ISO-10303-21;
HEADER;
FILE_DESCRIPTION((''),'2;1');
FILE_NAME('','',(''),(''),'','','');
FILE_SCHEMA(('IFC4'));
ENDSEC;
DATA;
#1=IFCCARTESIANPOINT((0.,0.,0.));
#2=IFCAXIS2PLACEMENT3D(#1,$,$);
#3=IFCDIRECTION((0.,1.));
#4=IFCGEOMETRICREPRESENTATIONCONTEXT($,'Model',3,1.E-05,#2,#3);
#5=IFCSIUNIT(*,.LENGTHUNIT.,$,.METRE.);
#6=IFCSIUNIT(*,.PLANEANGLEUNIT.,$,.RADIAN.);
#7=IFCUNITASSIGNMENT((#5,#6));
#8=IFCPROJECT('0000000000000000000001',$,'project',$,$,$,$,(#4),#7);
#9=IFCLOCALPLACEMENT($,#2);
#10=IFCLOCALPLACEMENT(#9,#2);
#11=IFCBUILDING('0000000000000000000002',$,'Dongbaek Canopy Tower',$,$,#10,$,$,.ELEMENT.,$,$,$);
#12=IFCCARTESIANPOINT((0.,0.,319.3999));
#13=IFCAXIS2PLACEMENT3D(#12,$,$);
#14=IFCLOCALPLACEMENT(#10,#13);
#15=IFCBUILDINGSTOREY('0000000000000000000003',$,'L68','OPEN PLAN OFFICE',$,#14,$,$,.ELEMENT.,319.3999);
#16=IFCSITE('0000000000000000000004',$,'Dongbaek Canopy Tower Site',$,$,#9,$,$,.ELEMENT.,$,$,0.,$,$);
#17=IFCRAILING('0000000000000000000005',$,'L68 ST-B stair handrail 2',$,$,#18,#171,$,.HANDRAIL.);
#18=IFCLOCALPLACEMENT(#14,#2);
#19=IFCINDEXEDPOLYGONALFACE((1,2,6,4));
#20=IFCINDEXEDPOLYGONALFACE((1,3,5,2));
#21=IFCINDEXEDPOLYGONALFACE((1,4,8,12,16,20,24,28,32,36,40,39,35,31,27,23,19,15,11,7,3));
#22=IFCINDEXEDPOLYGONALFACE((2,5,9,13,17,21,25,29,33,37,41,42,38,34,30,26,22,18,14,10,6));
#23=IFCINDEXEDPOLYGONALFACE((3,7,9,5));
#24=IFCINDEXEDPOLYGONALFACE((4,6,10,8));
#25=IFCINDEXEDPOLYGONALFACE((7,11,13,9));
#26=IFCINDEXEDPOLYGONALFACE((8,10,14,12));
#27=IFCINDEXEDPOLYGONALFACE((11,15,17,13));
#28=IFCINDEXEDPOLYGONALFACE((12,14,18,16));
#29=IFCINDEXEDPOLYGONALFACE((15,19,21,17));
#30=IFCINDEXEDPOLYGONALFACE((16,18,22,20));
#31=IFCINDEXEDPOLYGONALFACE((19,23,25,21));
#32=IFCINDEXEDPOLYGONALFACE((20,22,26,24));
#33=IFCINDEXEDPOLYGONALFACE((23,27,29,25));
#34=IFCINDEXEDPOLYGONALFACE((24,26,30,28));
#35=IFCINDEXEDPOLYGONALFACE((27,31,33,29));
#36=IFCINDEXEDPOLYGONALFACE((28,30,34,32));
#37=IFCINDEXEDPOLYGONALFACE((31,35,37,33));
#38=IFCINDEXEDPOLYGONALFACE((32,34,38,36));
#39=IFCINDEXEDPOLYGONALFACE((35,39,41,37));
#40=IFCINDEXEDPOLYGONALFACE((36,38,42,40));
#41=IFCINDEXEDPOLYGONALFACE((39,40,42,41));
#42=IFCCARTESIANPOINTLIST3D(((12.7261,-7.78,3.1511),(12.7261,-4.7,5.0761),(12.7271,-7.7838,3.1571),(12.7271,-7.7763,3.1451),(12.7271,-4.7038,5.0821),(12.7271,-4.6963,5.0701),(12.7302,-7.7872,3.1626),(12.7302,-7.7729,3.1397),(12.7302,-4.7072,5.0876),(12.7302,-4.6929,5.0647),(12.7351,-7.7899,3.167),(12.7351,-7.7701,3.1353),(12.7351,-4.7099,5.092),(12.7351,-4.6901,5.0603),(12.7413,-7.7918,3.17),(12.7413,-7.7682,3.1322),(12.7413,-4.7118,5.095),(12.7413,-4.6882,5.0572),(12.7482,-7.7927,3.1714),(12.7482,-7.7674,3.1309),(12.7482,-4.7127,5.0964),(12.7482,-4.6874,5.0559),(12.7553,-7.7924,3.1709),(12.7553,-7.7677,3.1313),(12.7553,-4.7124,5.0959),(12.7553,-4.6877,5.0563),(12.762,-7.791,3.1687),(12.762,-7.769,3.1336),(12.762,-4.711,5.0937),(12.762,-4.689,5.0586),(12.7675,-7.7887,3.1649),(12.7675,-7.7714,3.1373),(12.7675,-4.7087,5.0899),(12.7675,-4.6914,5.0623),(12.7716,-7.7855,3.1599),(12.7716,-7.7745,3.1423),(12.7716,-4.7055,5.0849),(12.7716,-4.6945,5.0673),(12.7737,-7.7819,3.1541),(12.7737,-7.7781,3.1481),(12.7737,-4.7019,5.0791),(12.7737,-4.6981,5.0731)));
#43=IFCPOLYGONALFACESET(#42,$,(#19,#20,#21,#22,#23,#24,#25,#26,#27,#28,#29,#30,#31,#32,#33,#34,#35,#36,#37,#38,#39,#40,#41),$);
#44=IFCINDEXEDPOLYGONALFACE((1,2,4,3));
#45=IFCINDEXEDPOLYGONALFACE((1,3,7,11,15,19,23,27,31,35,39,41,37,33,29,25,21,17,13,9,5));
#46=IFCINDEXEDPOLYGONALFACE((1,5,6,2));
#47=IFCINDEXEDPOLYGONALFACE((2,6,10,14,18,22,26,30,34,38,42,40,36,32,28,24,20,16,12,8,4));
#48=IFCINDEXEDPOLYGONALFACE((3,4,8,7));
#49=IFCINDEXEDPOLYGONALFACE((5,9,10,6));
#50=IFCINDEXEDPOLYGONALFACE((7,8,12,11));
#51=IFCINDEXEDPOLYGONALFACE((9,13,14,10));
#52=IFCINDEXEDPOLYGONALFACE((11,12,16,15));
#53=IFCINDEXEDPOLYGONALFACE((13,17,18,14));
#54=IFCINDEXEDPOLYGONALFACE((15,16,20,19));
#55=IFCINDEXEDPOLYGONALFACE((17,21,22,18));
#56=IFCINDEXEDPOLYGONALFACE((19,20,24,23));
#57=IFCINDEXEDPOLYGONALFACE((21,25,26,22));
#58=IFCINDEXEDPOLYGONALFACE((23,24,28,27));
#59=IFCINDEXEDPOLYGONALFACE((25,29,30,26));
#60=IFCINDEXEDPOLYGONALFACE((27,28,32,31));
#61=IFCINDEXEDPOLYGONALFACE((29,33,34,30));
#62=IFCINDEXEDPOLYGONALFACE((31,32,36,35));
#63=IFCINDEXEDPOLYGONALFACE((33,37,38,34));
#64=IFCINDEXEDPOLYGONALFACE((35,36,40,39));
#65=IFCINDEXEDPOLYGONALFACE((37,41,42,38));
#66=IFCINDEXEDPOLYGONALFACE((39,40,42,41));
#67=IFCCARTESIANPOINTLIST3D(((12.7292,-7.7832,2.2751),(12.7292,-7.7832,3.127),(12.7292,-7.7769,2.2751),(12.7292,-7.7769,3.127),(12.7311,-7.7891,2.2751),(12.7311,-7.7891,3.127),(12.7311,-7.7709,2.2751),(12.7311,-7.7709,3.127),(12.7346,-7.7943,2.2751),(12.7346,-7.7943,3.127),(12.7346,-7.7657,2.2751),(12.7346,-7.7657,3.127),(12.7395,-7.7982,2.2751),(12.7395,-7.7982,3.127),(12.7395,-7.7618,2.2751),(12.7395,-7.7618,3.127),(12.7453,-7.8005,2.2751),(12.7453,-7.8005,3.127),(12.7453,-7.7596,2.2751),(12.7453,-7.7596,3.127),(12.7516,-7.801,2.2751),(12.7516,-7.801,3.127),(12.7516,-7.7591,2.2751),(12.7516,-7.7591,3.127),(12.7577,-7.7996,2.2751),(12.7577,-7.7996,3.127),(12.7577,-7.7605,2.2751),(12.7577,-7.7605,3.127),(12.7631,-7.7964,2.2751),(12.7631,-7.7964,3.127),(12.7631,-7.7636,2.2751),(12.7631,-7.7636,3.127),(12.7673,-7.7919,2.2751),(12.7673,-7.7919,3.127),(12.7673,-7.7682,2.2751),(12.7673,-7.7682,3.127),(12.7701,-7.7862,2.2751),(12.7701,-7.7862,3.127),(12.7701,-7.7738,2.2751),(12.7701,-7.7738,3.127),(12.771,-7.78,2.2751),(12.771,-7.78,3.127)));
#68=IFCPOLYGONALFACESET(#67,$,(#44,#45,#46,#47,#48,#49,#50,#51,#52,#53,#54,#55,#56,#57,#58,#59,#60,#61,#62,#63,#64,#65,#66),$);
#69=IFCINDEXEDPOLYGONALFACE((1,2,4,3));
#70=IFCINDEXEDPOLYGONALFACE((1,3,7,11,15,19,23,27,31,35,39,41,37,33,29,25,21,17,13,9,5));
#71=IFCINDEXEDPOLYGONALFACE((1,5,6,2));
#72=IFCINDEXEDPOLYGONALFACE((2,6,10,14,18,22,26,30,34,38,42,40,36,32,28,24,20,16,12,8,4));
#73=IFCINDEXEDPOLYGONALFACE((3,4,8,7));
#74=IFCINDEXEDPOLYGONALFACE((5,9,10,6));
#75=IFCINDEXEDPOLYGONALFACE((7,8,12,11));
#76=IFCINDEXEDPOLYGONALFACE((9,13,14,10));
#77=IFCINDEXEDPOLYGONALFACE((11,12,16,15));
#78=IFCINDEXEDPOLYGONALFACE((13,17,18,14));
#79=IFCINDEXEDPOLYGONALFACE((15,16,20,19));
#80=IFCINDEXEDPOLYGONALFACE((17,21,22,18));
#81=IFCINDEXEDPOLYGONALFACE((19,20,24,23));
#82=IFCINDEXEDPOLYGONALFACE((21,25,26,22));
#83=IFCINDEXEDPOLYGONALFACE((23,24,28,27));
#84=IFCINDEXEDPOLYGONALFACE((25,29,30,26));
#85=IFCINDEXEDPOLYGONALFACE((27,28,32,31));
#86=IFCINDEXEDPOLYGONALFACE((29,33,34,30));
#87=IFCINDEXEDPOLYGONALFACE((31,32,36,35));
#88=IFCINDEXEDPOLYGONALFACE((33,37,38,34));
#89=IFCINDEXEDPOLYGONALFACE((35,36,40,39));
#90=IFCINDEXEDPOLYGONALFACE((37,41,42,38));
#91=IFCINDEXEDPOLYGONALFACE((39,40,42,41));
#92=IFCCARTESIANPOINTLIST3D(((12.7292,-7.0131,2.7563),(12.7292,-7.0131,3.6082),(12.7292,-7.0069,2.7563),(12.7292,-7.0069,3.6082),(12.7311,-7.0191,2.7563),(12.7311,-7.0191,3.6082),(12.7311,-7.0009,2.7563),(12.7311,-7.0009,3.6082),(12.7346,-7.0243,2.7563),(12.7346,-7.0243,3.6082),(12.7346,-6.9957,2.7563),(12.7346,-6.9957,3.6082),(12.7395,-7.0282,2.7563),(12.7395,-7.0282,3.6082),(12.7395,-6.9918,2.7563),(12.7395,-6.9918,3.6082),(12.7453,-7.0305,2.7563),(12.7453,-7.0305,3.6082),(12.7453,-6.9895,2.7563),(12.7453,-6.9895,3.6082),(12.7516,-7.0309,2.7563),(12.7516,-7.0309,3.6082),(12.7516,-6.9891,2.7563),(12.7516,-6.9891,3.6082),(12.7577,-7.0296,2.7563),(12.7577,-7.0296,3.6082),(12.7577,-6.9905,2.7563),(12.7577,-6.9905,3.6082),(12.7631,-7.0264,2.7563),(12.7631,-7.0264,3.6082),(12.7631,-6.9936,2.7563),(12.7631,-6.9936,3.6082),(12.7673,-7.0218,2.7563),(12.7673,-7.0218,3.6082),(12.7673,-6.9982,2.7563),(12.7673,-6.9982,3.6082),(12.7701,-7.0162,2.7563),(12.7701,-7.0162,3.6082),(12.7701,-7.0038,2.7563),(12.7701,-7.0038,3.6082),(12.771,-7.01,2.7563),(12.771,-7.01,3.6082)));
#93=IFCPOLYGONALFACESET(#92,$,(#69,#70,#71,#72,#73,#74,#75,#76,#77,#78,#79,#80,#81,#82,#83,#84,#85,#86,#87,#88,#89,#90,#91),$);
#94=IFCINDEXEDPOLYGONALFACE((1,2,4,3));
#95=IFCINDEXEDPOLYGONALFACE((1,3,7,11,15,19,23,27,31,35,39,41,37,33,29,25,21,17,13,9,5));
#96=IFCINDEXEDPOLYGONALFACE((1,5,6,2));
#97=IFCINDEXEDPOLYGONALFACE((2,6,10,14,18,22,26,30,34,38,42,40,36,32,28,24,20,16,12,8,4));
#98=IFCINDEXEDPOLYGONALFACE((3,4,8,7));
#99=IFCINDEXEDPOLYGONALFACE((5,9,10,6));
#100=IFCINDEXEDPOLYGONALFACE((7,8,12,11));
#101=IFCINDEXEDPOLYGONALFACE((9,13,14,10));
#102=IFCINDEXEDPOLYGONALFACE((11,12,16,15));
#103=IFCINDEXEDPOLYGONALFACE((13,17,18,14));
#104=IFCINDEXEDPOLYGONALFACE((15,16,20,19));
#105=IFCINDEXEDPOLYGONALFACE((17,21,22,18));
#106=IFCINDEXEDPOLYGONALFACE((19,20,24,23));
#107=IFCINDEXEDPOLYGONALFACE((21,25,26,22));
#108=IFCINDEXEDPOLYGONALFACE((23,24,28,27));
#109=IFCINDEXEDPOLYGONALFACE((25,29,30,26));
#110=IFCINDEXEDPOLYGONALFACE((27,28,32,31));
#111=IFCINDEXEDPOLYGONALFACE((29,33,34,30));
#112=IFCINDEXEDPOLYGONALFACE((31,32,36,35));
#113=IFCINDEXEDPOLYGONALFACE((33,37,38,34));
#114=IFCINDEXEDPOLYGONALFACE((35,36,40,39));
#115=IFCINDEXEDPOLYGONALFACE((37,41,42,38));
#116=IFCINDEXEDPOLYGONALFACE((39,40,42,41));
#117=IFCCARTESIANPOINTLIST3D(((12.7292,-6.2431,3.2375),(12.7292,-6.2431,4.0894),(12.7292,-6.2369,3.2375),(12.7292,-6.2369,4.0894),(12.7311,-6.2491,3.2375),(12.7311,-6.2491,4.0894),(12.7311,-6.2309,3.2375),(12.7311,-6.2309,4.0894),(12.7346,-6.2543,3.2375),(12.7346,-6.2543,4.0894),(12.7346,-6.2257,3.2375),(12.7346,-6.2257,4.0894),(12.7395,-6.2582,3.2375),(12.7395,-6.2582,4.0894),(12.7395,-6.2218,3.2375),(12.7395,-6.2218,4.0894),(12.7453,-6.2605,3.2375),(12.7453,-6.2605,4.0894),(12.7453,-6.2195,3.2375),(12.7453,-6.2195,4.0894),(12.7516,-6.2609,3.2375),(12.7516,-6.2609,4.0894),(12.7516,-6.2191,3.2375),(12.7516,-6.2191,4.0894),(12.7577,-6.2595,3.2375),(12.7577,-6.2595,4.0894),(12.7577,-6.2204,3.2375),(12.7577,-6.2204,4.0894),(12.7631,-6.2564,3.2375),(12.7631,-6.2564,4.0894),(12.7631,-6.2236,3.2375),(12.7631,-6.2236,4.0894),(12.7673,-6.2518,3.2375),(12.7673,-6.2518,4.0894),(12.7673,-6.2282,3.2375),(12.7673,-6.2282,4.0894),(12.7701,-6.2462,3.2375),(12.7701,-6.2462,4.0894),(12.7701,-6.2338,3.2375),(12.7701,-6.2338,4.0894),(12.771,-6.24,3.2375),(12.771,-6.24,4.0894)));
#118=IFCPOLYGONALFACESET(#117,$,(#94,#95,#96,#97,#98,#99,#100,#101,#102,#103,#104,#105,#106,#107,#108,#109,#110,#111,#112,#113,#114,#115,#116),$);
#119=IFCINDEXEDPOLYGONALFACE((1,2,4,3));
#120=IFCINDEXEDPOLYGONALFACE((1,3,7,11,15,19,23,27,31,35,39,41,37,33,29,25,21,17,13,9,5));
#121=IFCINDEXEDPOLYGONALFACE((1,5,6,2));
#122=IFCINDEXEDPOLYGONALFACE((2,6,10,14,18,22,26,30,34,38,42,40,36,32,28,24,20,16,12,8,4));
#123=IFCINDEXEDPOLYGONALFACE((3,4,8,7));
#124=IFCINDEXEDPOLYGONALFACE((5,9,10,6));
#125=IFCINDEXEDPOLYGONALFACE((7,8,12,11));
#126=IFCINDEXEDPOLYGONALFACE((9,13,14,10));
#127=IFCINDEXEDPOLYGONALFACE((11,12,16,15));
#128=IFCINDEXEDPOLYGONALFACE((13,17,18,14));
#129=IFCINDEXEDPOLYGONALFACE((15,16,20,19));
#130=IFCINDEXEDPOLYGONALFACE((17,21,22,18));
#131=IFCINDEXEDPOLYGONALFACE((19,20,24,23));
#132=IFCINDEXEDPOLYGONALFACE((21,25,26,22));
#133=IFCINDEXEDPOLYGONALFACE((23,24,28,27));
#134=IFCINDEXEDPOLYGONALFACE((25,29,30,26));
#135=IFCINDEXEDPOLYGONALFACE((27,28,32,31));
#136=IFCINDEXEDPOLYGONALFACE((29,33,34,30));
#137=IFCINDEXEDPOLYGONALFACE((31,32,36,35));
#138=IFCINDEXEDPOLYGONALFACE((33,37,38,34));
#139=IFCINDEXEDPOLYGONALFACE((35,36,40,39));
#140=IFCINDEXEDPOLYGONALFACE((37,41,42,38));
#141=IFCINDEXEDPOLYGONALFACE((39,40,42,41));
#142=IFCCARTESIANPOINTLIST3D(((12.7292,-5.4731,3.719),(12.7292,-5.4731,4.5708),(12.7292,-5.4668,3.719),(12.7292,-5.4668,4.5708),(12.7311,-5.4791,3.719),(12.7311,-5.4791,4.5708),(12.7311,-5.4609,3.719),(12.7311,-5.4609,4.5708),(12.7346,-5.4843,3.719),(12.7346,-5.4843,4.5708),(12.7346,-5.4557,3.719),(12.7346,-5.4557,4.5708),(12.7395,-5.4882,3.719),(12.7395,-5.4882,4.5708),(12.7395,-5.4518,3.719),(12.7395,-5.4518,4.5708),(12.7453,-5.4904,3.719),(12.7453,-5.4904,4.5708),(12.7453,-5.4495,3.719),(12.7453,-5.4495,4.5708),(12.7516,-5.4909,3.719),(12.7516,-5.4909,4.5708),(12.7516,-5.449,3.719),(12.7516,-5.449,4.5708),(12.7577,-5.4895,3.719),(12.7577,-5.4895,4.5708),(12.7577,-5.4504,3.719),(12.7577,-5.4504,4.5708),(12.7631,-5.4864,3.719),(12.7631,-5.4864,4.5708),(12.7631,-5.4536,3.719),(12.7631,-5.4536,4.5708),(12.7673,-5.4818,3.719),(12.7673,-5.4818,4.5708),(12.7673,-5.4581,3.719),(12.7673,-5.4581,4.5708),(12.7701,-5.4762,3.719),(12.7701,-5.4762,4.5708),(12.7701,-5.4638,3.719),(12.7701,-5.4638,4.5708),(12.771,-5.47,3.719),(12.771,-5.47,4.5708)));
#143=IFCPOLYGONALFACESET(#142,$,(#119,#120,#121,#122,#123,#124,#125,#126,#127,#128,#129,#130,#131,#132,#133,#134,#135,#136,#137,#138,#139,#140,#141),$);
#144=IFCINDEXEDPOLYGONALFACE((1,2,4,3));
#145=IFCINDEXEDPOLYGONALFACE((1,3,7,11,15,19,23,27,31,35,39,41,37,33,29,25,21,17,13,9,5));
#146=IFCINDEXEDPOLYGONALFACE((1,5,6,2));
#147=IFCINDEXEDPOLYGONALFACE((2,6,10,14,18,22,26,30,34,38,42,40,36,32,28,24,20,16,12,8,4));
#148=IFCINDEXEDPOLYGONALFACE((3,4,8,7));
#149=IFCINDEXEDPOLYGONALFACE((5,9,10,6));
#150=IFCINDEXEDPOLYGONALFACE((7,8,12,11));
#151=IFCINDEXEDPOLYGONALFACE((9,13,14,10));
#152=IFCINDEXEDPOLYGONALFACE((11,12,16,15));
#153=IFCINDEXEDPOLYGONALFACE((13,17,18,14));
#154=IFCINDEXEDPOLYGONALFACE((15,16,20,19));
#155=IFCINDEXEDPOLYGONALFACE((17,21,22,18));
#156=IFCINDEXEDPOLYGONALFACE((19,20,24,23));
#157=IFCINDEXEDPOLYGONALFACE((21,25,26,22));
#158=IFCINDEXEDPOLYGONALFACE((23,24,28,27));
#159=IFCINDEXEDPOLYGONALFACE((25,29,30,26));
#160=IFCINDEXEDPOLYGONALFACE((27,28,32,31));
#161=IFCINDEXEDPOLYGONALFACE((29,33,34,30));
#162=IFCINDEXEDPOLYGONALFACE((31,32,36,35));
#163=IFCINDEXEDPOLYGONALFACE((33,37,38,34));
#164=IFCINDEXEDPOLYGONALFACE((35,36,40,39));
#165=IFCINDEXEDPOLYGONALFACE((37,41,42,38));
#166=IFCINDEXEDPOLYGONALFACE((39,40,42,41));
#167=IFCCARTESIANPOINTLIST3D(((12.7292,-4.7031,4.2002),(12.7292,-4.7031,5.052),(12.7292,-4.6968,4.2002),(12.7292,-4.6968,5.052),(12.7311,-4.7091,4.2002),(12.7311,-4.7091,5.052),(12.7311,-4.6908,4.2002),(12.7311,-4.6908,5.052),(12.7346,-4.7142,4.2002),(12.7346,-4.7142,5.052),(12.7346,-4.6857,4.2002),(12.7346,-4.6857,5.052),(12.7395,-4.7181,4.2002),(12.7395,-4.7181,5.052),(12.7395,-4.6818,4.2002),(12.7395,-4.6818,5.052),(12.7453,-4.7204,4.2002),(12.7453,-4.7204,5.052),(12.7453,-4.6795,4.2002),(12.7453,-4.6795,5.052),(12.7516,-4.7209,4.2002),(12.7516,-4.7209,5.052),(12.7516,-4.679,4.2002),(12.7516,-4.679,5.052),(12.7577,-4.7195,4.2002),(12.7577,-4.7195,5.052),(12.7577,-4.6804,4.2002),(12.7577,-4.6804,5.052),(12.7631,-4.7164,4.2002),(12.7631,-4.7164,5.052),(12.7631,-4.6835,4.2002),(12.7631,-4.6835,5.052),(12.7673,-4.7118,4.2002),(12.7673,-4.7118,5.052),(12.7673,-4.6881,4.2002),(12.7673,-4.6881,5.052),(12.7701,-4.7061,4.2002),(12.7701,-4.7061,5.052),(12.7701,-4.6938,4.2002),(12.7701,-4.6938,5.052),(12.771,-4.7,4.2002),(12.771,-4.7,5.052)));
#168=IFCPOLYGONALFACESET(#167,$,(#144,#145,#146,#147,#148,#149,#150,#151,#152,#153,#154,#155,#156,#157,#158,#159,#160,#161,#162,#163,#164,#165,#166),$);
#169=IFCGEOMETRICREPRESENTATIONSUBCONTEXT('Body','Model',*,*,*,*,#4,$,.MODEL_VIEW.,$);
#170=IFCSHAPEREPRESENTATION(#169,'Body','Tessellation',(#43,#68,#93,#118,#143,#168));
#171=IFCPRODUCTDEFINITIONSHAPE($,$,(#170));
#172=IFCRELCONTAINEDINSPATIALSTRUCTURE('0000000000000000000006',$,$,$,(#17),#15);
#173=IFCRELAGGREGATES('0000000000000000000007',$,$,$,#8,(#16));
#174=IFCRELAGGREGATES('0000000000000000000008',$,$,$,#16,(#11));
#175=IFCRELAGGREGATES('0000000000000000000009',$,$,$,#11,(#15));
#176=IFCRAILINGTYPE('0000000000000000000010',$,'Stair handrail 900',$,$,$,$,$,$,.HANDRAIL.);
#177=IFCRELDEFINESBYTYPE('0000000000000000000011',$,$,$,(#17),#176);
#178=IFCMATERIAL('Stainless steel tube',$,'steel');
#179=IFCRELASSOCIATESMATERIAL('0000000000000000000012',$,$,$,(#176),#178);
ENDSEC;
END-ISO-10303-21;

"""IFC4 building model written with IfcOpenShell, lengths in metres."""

from ifc_helpers import new_model, si_unit, direction, frame, origin, origin_2d, place, context, subcontext, project, spatial, circle, extrude, material, type_object, element, save


model = new_model("IFC4")

# Units and contexts
model_context = context("Model", 3, precision=1e-05, world=origin(), true_north=direction((0.0, 1.0)))
body_context = subcontext(model_context, "Body", "Model", "MODEL_VIEW")
ifc_project = project(units=[si_unit("LENGTHUNIT", "METRE"), si_unit("PLANEANGLEUNIT", "RADIAN")], contexts=[model_context])

# Site, building, storey
site_placement = place(None, origin())
site = spatial("IfcSite", under=ifc_project, at=site_placement, Name="Dongbaek Canopy Tower Site", CompositionType="ELEMENT", RefElevation=0.0)
building_placement = place(site_placement, origin())
building = spatial("IfcBuilding", under=site, at=building_placement, Name="Dongbaek Canopy Tower", CompositionType="ELEMENT")
storey_placement = place(building_placement, frame((0.0, 0.0, 319.3999)))
storey = spatial("IfcBuildingStorey", under=building, at=storey_placement, Name="L68", Description="OPEN PLAN OFFICE", CompositionType="ELEMENT", Elevation=319.3999)

# Railing
ifc_material_1 = material(Name="Stainless steel tube", Category="steel")
railing_type_1 = type_object("IfcRailingType", Name="Stair handrail 900", PredefinedType="HANDRAIL", material=ifc_material_1)
railing_1_placement = place(storey_placement, frame((12.75, -7.78, 2.2751)))
element("IfcRailing", 1, at=railing_1_placement, inside=storey, type_object=railing_type_1, Name="L68 ST-B stair handrail 2", PredefinedType="HANDRAIL", context=body_context, shape_type="SweptSolid", body=[
    extrude(circle(Radius=0.0239, at=origin_2d()), frame((0.0, 0.0, 0.876), z_axis=(0.0, 0.847998, 0.529999), x_axis=(-1.0, 0.0, 0.0)), (0.0, 0.0, 1.0), 3.6321),
    extrude(circle(Radius=0.021, at=origin_2d()), origin(), (0.0, 0.0, 1.0), 0.8518),
    extrude(circle(Radius=0.021, at=origin_2d()), frame((0.0, 0.77, 0.4812)), (0.0, 0.0, 1.0), 0.8518),
    extrude(circle(Radius=0.021, at=origin_2d()), frame((0.0, 1.54, 0.9624)), (0.0, 0.0, 1.0), 0.8518),
    extrude(circle(Radius=0.021, at=origin_2d()), frame((0.0, 2.3101, 1.4438)), (0.0, 0.0, 1.0), 0.8518),
    extrude(circle(Radius=0.021, at=origin_2d()), frame((0.0, 3.0801, 1.925)), (0.0, 0.0, 1.0), 0.8518),
])

save(model, "model.ifc")
